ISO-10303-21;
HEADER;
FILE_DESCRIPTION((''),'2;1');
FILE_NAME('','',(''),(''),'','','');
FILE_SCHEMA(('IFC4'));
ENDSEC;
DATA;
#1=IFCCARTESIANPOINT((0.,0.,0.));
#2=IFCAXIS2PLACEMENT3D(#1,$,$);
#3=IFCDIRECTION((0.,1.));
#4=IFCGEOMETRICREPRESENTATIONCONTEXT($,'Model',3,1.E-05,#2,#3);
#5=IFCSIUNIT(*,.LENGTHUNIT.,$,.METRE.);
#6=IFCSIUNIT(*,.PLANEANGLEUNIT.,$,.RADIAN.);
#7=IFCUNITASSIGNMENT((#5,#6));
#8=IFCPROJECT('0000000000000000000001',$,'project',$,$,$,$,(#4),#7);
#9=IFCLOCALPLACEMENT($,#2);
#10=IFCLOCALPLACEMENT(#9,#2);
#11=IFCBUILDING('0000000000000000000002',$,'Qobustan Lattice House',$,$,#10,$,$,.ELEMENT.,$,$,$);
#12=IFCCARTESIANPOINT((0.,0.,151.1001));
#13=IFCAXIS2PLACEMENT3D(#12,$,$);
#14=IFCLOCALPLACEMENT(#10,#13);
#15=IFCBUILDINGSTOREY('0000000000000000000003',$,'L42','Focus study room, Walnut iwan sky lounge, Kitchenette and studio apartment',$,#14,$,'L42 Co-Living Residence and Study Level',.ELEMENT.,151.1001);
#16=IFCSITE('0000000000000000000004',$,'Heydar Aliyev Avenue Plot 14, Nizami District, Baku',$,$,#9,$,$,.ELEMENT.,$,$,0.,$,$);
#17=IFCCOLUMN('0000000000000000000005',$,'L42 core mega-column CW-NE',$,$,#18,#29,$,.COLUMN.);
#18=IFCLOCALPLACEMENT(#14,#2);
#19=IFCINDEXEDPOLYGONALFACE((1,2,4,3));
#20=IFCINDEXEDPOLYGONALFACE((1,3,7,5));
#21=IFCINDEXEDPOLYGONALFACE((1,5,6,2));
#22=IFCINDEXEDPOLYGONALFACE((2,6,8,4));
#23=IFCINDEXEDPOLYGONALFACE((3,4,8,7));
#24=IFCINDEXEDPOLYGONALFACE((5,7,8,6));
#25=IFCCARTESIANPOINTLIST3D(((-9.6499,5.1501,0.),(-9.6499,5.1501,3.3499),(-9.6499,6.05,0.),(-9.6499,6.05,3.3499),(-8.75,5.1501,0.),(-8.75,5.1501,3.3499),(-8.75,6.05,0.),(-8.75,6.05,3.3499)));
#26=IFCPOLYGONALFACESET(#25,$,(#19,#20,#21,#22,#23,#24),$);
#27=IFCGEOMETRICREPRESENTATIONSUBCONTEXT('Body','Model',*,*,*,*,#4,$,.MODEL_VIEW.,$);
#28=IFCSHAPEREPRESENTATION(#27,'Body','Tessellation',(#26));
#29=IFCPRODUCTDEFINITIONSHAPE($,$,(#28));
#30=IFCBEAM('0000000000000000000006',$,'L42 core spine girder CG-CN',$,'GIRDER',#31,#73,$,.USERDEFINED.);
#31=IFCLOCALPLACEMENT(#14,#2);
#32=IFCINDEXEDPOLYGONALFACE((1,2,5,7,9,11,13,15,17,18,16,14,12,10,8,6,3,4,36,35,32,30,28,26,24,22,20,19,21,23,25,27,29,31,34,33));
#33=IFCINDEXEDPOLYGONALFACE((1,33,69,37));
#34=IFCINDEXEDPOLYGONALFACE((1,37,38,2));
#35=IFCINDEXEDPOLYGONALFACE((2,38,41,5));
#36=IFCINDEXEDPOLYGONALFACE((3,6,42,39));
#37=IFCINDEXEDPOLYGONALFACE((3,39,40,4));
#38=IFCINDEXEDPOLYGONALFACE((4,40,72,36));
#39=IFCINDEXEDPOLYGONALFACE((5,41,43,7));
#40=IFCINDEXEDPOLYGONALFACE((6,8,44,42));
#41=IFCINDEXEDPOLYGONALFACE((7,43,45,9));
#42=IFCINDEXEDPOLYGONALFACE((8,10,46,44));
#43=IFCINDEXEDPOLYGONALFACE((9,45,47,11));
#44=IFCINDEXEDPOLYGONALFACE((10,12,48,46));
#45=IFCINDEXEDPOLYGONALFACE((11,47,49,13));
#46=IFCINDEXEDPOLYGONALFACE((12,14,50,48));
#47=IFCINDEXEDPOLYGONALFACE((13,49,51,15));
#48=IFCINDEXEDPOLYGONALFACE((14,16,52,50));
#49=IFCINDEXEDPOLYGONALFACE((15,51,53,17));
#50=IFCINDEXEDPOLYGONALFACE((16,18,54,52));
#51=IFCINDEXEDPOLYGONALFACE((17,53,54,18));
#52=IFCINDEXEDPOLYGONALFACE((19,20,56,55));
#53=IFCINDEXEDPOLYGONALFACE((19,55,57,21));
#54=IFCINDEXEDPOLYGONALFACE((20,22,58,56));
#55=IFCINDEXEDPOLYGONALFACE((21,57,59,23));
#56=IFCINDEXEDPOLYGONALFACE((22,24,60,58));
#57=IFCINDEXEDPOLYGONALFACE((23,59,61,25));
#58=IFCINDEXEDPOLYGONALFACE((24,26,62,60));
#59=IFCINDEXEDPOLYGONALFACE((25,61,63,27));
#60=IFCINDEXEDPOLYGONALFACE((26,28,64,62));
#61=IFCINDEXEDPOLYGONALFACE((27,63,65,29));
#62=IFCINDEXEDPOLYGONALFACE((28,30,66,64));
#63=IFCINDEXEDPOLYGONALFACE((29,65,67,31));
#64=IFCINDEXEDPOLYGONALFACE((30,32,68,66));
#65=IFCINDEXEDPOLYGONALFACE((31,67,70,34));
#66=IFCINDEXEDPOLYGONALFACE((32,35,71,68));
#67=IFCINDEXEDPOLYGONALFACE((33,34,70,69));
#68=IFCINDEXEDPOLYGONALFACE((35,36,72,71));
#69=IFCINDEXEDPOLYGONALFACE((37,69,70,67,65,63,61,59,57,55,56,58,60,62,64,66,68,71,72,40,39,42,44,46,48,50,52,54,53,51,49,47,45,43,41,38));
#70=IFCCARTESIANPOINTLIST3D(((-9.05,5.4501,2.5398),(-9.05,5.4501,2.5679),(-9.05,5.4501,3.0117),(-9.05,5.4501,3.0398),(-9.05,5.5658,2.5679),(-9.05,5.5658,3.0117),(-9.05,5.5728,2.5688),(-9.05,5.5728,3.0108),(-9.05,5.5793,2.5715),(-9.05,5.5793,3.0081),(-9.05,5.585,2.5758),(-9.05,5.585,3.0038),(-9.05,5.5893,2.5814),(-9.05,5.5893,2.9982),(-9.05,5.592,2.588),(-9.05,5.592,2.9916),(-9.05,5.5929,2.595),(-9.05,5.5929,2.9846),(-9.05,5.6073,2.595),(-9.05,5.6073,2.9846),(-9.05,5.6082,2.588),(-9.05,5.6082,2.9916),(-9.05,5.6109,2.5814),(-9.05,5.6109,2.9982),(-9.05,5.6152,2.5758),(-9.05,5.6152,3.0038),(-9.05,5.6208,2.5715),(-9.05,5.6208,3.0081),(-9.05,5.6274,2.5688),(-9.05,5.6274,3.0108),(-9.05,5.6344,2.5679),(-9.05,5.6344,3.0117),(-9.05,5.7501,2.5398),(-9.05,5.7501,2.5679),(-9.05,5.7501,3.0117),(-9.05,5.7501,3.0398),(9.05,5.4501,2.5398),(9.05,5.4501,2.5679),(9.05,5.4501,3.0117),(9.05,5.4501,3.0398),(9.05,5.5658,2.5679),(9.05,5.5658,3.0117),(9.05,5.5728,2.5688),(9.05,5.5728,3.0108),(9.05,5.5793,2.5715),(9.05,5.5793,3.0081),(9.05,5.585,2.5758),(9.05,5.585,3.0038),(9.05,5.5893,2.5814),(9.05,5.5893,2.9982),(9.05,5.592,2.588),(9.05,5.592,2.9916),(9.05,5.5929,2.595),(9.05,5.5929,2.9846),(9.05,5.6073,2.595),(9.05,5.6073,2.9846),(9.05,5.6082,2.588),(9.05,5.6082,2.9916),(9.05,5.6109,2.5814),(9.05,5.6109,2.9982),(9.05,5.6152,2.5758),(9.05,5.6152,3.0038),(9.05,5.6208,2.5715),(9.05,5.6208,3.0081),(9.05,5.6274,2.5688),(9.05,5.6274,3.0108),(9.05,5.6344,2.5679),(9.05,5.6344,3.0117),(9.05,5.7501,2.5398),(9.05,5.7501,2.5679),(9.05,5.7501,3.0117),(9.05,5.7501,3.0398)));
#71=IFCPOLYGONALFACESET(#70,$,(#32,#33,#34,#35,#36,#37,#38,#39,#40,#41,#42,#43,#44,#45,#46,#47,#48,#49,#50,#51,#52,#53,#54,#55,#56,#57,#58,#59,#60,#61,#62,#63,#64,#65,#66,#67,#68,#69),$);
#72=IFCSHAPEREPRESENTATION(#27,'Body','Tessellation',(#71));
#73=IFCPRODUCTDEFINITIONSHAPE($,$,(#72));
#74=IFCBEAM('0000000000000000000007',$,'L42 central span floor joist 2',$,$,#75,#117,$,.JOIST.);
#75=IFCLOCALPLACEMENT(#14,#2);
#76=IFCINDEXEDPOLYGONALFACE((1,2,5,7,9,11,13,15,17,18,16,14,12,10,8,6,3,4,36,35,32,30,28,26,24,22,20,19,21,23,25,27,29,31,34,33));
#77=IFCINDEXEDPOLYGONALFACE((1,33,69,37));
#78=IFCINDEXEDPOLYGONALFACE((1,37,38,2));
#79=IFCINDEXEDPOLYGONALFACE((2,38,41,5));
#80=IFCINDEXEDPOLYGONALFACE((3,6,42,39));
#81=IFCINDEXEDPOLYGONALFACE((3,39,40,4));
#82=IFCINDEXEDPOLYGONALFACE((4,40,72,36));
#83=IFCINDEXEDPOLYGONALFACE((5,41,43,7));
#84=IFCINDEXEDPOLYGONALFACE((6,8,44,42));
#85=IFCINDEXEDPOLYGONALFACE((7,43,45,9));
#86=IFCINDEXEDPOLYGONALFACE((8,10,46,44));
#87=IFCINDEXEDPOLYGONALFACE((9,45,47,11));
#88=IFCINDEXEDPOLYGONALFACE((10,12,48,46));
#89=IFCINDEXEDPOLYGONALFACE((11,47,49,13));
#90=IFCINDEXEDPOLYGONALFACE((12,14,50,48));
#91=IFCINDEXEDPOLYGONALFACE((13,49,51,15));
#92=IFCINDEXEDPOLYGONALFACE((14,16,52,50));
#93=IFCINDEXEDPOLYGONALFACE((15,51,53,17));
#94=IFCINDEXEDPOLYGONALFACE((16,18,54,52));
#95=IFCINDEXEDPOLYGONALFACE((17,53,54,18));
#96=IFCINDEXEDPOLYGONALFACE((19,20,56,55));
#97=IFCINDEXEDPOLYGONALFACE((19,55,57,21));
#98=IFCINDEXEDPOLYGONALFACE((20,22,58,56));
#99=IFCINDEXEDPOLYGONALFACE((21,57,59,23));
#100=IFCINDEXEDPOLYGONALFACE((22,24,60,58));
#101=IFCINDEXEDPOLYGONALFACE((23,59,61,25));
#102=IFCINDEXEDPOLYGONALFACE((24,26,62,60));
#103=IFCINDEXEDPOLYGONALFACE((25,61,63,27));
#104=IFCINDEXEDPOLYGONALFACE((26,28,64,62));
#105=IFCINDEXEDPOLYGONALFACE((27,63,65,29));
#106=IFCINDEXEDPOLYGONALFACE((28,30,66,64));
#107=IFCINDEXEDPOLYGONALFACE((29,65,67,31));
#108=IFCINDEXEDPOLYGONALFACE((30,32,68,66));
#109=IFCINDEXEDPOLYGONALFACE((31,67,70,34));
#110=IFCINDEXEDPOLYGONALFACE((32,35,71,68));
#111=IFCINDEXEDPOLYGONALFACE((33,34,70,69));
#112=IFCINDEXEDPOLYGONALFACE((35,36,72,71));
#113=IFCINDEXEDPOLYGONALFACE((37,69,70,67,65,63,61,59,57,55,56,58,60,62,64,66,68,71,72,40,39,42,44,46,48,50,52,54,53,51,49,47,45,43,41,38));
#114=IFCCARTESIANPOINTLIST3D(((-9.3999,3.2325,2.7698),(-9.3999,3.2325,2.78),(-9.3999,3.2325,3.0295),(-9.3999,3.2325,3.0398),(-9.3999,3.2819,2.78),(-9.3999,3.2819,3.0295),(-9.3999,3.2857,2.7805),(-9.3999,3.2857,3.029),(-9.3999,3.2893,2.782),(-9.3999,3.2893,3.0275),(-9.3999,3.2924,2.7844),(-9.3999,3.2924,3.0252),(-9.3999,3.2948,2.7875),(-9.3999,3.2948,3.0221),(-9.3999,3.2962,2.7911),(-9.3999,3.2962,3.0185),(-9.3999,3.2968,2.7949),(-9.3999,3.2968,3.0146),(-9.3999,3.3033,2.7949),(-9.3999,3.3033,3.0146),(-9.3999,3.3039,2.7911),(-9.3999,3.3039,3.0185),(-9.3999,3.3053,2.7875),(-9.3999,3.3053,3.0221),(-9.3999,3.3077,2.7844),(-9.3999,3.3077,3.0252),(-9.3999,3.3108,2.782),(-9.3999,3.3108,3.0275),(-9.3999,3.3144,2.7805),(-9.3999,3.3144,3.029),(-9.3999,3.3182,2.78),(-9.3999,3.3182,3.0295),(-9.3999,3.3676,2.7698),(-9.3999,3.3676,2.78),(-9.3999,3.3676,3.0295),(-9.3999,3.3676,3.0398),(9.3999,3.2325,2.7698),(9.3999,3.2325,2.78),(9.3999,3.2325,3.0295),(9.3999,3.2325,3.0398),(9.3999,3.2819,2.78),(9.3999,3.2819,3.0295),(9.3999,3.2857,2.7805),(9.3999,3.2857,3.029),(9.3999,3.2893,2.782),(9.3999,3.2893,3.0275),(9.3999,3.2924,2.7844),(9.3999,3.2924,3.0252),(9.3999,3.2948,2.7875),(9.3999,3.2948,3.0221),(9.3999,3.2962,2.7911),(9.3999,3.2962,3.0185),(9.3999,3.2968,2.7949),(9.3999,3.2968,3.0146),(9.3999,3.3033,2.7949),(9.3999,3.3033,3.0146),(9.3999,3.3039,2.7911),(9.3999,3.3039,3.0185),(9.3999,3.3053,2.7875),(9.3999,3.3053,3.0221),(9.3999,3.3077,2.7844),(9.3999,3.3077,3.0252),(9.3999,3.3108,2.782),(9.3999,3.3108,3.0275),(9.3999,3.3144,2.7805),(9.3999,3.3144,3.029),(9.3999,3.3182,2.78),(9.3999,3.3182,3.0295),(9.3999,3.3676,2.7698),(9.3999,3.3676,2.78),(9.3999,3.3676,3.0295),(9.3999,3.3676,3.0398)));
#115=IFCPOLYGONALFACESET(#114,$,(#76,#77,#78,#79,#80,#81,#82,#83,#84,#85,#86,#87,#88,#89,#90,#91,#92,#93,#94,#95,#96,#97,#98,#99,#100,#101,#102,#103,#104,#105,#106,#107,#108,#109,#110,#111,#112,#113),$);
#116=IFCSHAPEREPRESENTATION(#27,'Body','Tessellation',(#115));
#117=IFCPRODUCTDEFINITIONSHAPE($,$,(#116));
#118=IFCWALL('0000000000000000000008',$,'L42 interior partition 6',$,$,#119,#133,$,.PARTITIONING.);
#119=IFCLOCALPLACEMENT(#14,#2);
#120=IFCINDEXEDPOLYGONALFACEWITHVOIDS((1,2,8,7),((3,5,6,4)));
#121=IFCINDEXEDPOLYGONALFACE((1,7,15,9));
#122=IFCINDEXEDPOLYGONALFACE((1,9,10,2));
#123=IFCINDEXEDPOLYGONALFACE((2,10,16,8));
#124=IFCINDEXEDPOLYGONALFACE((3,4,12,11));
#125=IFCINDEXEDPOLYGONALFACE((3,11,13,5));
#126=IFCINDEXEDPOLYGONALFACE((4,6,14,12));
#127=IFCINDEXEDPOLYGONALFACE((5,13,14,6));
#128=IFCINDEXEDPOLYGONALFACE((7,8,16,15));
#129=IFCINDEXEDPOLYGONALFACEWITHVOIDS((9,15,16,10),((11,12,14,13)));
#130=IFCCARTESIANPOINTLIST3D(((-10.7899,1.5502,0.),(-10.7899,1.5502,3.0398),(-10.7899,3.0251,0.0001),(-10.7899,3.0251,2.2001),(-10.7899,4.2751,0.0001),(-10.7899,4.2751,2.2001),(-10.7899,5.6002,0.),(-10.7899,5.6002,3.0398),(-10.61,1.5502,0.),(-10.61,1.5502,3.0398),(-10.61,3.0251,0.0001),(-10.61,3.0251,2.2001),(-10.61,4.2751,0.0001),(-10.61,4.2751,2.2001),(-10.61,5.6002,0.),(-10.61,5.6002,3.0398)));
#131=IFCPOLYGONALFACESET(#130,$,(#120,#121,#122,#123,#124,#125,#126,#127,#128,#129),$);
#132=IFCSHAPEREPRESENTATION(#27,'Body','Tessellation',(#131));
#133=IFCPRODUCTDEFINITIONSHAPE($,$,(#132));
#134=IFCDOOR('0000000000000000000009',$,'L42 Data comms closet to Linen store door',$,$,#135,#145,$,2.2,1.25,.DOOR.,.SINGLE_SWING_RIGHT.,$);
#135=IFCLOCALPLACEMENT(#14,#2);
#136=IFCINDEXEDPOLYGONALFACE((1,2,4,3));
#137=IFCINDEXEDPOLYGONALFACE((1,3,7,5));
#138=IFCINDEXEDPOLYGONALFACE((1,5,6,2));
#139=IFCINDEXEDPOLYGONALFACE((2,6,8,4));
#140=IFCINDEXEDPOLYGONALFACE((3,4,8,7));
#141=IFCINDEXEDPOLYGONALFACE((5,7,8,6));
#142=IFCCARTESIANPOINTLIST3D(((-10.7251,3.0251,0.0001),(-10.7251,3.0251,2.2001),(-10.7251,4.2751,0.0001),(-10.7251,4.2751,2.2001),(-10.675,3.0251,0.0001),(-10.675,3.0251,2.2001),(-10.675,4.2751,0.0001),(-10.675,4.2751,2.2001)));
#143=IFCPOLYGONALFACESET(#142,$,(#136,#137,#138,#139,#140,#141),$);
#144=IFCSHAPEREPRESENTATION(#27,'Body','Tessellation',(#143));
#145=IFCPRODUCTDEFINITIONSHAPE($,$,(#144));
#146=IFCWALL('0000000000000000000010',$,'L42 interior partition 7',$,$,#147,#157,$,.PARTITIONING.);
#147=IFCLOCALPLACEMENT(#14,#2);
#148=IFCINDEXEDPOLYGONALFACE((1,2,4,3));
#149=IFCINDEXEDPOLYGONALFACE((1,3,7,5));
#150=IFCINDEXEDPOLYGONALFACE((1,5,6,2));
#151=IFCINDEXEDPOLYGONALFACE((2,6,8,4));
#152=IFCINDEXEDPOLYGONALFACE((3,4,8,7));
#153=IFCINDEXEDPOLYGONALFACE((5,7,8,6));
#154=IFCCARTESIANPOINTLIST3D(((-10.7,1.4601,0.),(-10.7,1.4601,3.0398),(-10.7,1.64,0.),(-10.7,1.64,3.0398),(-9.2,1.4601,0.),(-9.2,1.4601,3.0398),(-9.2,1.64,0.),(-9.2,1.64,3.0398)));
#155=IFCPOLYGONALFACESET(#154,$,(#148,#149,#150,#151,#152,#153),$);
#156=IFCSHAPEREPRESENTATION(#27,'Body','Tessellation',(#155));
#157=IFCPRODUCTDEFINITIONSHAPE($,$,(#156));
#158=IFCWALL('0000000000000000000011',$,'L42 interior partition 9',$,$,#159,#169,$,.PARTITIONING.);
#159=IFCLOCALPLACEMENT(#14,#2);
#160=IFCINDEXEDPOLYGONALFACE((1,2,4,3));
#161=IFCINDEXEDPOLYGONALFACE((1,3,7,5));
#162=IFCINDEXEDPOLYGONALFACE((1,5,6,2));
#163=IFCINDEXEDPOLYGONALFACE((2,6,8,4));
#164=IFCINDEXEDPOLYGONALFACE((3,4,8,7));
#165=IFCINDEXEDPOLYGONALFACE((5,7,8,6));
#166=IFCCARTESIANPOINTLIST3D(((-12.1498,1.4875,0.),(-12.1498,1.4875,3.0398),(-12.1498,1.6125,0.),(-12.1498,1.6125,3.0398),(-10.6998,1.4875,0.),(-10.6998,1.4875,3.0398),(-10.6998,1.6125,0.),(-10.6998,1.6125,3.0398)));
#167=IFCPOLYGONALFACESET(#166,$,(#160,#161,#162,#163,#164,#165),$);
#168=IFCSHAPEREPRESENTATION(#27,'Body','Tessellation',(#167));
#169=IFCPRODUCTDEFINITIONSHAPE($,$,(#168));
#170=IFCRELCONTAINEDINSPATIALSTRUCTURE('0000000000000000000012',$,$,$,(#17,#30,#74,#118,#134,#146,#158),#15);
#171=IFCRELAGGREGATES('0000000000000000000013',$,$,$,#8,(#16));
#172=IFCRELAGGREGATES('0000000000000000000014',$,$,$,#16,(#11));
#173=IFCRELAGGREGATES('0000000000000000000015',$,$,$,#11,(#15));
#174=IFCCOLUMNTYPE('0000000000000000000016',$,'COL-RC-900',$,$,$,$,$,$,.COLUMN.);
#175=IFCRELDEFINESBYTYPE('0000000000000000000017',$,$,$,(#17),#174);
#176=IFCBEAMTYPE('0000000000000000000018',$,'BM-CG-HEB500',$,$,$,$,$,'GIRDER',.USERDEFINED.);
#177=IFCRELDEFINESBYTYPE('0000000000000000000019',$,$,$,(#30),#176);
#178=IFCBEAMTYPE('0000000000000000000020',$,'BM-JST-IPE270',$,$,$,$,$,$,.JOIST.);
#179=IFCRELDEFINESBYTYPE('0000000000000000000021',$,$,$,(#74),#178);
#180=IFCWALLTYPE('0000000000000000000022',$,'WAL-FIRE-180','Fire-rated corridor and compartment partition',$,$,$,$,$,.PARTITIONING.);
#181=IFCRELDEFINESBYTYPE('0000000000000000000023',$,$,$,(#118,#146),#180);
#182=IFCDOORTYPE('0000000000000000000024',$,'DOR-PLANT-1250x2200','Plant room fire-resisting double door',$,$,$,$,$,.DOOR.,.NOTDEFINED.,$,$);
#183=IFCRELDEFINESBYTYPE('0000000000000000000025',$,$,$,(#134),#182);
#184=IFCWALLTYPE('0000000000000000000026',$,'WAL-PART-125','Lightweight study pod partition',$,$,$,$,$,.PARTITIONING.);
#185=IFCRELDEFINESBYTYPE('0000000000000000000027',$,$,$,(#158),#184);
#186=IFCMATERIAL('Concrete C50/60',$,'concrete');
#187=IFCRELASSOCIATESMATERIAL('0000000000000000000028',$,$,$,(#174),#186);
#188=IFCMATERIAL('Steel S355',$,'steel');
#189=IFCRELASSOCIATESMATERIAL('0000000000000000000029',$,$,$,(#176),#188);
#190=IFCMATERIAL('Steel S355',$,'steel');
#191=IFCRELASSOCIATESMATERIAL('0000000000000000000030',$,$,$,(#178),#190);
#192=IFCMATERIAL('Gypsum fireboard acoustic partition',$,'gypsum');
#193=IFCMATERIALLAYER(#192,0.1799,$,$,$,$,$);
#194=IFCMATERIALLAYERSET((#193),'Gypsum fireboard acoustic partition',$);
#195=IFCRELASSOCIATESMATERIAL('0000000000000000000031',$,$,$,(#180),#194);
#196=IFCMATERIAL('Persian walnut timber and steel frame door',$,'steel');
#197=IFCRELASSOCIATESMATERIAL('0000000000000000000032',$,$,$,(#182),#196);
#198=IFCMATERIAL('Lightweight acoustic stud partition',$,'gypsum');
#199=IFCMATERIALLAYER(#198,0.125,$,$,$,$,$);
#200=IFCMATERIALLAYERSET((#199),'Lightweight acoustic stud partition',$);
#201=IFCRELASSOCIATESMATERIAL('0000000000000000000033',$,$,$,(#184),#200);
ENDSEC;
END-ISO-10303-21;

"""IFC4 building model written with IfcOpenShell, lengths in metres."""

from ifc_helpers import new_model, si_unit, direction, frame, frame_2d, origin, origin_2d, place, context, subcontext, project, spatial, rectangle, i_section, extrude, material, layer, layer_set, material_profile, profile_set, type_object, element, fill, save


model = new_model("IFC4")

# Units and contexts
model_context = context("Model", 3, precision=1e-05, world=origin(), true_north=direction((0.0, 1.0)))
body_context = subcontext(model_context, "Body", "Model", "MODEL_VIEW")
ifc_project = project(units=[si_unit("LENGTHUNIT", "METRE"), si_unit("PLANEANGLEUNIT", "RADIAN")], contexts=[model_context])

# Site, building, storey
site_placement = place(None, origin())
site = spatial("IfcSite", under=ifc_project, at=site_placement, Name="Heydar Aliyev Avenue Plot 14, Nizami District, Baku", CompositionType="ELEMENT", RefElevation=0.0)
building_placement = place(site_placement, origin())
building = spatial("IfcBuilding", under=site, at=building_placement, Name="Qobustan Lattice House", CompositionType="ELEMENT")
storey_placement = place(building_placement, frame((0.0, 0.0, 151.1001)))
storey = spatial("IfcBuildingStorey", under=building, at=storey_placement, Name="L42", Description="Focus study room, Walnut iwan sky lounge, Kitchenette and studio apartment", LongName="L42 Co-Living Residence and Study Level", CompositionType="ELEMENT", Elevation=151.1001)

# Column
ifc_material_1 = material(Name="Concrete C50/60", Category="concrete")
ifc_material_profile_1 = material_profile(ifc_material_1, rectangle(XDim=0.8999, YDim=0.8999, at=origin_2d()), Name="RC900x900")
ifc_profile_set_1 = profile_set([ifc_material_profile_1], Name="Concrete C50/60")
column_type = type_object("IfcColumnType", Name="COL-RC-900", PredefinedType="COLUMN", material=ifc_profile_set_1)
column_placement = place(storey_placement, frame((-9.2, 5.6001, 0.0), z_axis=(0.0, 0.0, 1.0), x_axis=(1.0, 0.0, 0.0)))
element("IfcColumn", 1, at=column_placement, inside=storey, type_object=column_type, Name="L42 core mega-column CW-NE", PredefinedType="COLUMN", context=body_context, shape_type="SweptSolid", body=[
    extrude(rectangle(XDim=0.8999, YDim=0.8999, at=origin_2d()), origin(), (0.0, 0.0, 1.0), 3.3499),
])

# Beams
ifc_material_2 = material(Name="Steel S355", Category="steel")
ifc_material_profile_2 = material_profile(ifc_material_2, i_section(OverallWidth=0.3, OverallDepth=0.5, WebThickness=0.0144, FlangeThickness=0.0281, FilletRadius=0.0271, at=origin_2d()), Name="HEB500")
ifc_profile_set_2 = profile_set([ifc_material_profile_2], Name="Steel S355")
beam_type_1 = type_object("IfcBeamType", Name="BM-CG-HEB500", ElementType="GIRDER", PredefinedType="USERDEFINED", material=ifc_profile_set_2)
beam_1_placement = place(storey_placement, frame((-9.05, 5.6001, 2.7898), z_axis=(1.0, 0.0, 0.0), x_axis=(0.0, 1.0, 0.0)))
element("IfcBeam", 2, at=beam_1_placement, inside=storey, type_object=beam_type_1, Name="L42 core spine girder CG-CN", ObjectType="GIRDER", PredefinedType="USERDEFINED", context=body_context, shape_type="SweptSolid", body=[
    extrude(i_section(OverallWidth=0.3, OverallDepth=0.5, WebThickness=0.0144, FlangeThickness=0.0281, FilletRadius=0.0271, at=origin_2d()), origin(), (0.0, 0.0, 1.0), 18.1001),
])
ifc_material_3 = material(Name="Steel S355", Category="steel")
ifc_material_profile_3 = material_profile(ifc_material_3, i_section(OverallWidth=0.135, OverallDepth=0.27, WebThickness=0.0066, FlangeThickness=0.0103, FilletRadius=0.0149, at=origin_2d()), Name="IPE270")
ifc_profile_set_3 = profile_set([ifc_material_profile_3], Name="Steel S355")
beam_type_2 = type_object("IfcBeamType", Name="BM-JST-IPE270", PredefinedType="JOIST", material=ifc_profile_set_3)
beam_2_placement = place(storey_placement, frame((-9.3999, 3.3, 2.9048), z_axis=(1.0, 0.0, 0.0), x_axis=(0.0, 1.0, 0.0)))
element("IfcBeam", 3, at=beam_2_placement, inside=storey, type_object=beam_type_2, Name="L42 central span floor joist 2", PredefinedType="JOIST", context=body_context, shape_type="SweptSolid", body=[
    extrude(i_section(OverallWidth=0.135, OverallDepth=0.27, WebThickness=0.0066, FlangeThickness=0.0103, FilletRadius=0.0149, at=origin_2d()), origin(), (0.0, 0.0, 1.0), 18.7998),
])

# Wall, opening, door
ifc_material_4 = material(Name="Gypsum fireboard acoustic partition", Category="gypsum")
ifc_layer_1 = layer(ifc_material_4, 0.1799)
ifc_layer_set_1 = layer_set([ifc_layer_1], Name="Gypsum fireboard acoustic partition")
wall_type_1 = type_object("IfcWallType", Name="WAL-FIRE-180", Description="Fire-rated corridor and compartment partition", PredefinedType="PARTITIONING", material=ifc_layer_set_1)
wall_1_placement = place(storey_placement, frame((-10.7, 5.6001, 0.0), z_axis=(0.0, 0.0, 1.0), x_axis=(0.0, -1.0, 0.0)))
wall_1 = element("IfcWall", 4, at=wall_1_placement, inside=storey, type_object=wall_type_1, Name="L42 interior partition 6", PredefinedType="PARTITIONING", context=body_context, shape_type="SweptSolid", body=[
    extrude(rectangle(XDim=4.05, YDim=0.1799, at=frame_2d((2.0249, 0.0))), origin(), (0.0, 0.0, 1.0), 3.0398),
])
opening_1_placement = place(wall_1_placement, frame((1.325, 0.0, 0.0)))
opening_1 = element("IfcOpeningElement", 5, at=opening_1_placement, cuts=wall_1, PredefinedType="OPENING", context=body_context, shape_type="SweptSolid", body=[
    extrude(rectangle(XDim=1.25, YDim=2.2, at=frame_2d((0.625, 1.1001))), frame((0.0, 0.0999, 0.0), z_axis=(0.0, -1.0, 0.0), x_axis=(1.0, 0.0, 0.0)), (0.0, 0.0, 1.0), 0.2),
])
ifc_material_5 = material(Name="Persian walnut timber and steel frame door", Category="steel")
door_type_1 = type_object("IfcDoorType", Name="DOR-PLANT-1250x2200", Description="Plant room fire-resisting double door", OperationType="NOTDEFINED", PredefinedType="DOOR", material=ifc_material_5)
door_1_placement = place(opening_1_placement, origin())
door_1 = element("IfcDoor", 6, at=door_1_placement, inside=storey, type_object=door_type_1, Name="L42 Data comms closet to Linen store door", OperationType="SINGLE_SWING_RIGHT", OverallHeight=2.2, OverallWidth=1.25, PredefinedType="DOOR", context=body_context, shape_type="SweptSolid", body=[
    extrude(rectangle(XDim=1.25, YDim=2.2, at=frame_2d((0.625, 1.1001))), frame((0.0, 0.0249, 0.0), z_axis=(0.0, -1.0, 0.0), x_axis=(1.0, 0.0, 0.0)), (0.0, 0.0, 1.0), 0.05),
])
fill(opening_1, door_1)

# Walls
wall_2_placement = place(storey_placement, frame((-10.7, 1.55, 0.0), z_axis=(0.0, 0.0, 1.0), x_axis=(1.0, 0.0, 0.0)))
element("IfcWall", 7, at=wall_2_placement, inside=storey, type_object=wall_type_1, Name="L42 interior partition 7", PredefinedType="PARTITIONING", context=body_context, shape_type="SweptSolid", body=[
    extrude(rectangle(XDim=1.5, YDim=0.1799, at=frame_2d((0.75, 0.0))), origin(), (0.0, 0.0, 1.0), 3.0398),
])
ifc_material_6 = material(Name="Lightweight acoustic stud partition", Category="gypsum")
ifc_layer_2 = layer(ifc_material_6, 0.125)
ifc_layer_set_2 = layer_set([ifc_layer_2], Name="Lightweight acoustic stud partition")
wall_type_2 = type_object("IfcWallType", Name="WAL-PART-125", Description="Lightweight study pod partition", PredefinedType="PARTITIONING", material=ifc_layer_set_2)
wall_3_placement = place(storey_placement, frame((-12.1499, 1.55, 0.0), z_axis=(0.0, 0.0, 1.0), x_axis=(1.0, 0.0, 0.0)))
element("IfcWall", 8, at=wall_3_placement, inside=storey, type_object=wall_type_2, Name="L42 interior partition 9", PredefinedType="PARTITIONING", context=body_context, shape_type="SweptSolid", body=[
    extrude(rectangle(XDim=1.45, YDim=0.125, at=frame_2d((0.7251, 0.0))), origin(), (0.0, 0.0, 1.0), 3.0398),
])

save(model, "model.ifc")
